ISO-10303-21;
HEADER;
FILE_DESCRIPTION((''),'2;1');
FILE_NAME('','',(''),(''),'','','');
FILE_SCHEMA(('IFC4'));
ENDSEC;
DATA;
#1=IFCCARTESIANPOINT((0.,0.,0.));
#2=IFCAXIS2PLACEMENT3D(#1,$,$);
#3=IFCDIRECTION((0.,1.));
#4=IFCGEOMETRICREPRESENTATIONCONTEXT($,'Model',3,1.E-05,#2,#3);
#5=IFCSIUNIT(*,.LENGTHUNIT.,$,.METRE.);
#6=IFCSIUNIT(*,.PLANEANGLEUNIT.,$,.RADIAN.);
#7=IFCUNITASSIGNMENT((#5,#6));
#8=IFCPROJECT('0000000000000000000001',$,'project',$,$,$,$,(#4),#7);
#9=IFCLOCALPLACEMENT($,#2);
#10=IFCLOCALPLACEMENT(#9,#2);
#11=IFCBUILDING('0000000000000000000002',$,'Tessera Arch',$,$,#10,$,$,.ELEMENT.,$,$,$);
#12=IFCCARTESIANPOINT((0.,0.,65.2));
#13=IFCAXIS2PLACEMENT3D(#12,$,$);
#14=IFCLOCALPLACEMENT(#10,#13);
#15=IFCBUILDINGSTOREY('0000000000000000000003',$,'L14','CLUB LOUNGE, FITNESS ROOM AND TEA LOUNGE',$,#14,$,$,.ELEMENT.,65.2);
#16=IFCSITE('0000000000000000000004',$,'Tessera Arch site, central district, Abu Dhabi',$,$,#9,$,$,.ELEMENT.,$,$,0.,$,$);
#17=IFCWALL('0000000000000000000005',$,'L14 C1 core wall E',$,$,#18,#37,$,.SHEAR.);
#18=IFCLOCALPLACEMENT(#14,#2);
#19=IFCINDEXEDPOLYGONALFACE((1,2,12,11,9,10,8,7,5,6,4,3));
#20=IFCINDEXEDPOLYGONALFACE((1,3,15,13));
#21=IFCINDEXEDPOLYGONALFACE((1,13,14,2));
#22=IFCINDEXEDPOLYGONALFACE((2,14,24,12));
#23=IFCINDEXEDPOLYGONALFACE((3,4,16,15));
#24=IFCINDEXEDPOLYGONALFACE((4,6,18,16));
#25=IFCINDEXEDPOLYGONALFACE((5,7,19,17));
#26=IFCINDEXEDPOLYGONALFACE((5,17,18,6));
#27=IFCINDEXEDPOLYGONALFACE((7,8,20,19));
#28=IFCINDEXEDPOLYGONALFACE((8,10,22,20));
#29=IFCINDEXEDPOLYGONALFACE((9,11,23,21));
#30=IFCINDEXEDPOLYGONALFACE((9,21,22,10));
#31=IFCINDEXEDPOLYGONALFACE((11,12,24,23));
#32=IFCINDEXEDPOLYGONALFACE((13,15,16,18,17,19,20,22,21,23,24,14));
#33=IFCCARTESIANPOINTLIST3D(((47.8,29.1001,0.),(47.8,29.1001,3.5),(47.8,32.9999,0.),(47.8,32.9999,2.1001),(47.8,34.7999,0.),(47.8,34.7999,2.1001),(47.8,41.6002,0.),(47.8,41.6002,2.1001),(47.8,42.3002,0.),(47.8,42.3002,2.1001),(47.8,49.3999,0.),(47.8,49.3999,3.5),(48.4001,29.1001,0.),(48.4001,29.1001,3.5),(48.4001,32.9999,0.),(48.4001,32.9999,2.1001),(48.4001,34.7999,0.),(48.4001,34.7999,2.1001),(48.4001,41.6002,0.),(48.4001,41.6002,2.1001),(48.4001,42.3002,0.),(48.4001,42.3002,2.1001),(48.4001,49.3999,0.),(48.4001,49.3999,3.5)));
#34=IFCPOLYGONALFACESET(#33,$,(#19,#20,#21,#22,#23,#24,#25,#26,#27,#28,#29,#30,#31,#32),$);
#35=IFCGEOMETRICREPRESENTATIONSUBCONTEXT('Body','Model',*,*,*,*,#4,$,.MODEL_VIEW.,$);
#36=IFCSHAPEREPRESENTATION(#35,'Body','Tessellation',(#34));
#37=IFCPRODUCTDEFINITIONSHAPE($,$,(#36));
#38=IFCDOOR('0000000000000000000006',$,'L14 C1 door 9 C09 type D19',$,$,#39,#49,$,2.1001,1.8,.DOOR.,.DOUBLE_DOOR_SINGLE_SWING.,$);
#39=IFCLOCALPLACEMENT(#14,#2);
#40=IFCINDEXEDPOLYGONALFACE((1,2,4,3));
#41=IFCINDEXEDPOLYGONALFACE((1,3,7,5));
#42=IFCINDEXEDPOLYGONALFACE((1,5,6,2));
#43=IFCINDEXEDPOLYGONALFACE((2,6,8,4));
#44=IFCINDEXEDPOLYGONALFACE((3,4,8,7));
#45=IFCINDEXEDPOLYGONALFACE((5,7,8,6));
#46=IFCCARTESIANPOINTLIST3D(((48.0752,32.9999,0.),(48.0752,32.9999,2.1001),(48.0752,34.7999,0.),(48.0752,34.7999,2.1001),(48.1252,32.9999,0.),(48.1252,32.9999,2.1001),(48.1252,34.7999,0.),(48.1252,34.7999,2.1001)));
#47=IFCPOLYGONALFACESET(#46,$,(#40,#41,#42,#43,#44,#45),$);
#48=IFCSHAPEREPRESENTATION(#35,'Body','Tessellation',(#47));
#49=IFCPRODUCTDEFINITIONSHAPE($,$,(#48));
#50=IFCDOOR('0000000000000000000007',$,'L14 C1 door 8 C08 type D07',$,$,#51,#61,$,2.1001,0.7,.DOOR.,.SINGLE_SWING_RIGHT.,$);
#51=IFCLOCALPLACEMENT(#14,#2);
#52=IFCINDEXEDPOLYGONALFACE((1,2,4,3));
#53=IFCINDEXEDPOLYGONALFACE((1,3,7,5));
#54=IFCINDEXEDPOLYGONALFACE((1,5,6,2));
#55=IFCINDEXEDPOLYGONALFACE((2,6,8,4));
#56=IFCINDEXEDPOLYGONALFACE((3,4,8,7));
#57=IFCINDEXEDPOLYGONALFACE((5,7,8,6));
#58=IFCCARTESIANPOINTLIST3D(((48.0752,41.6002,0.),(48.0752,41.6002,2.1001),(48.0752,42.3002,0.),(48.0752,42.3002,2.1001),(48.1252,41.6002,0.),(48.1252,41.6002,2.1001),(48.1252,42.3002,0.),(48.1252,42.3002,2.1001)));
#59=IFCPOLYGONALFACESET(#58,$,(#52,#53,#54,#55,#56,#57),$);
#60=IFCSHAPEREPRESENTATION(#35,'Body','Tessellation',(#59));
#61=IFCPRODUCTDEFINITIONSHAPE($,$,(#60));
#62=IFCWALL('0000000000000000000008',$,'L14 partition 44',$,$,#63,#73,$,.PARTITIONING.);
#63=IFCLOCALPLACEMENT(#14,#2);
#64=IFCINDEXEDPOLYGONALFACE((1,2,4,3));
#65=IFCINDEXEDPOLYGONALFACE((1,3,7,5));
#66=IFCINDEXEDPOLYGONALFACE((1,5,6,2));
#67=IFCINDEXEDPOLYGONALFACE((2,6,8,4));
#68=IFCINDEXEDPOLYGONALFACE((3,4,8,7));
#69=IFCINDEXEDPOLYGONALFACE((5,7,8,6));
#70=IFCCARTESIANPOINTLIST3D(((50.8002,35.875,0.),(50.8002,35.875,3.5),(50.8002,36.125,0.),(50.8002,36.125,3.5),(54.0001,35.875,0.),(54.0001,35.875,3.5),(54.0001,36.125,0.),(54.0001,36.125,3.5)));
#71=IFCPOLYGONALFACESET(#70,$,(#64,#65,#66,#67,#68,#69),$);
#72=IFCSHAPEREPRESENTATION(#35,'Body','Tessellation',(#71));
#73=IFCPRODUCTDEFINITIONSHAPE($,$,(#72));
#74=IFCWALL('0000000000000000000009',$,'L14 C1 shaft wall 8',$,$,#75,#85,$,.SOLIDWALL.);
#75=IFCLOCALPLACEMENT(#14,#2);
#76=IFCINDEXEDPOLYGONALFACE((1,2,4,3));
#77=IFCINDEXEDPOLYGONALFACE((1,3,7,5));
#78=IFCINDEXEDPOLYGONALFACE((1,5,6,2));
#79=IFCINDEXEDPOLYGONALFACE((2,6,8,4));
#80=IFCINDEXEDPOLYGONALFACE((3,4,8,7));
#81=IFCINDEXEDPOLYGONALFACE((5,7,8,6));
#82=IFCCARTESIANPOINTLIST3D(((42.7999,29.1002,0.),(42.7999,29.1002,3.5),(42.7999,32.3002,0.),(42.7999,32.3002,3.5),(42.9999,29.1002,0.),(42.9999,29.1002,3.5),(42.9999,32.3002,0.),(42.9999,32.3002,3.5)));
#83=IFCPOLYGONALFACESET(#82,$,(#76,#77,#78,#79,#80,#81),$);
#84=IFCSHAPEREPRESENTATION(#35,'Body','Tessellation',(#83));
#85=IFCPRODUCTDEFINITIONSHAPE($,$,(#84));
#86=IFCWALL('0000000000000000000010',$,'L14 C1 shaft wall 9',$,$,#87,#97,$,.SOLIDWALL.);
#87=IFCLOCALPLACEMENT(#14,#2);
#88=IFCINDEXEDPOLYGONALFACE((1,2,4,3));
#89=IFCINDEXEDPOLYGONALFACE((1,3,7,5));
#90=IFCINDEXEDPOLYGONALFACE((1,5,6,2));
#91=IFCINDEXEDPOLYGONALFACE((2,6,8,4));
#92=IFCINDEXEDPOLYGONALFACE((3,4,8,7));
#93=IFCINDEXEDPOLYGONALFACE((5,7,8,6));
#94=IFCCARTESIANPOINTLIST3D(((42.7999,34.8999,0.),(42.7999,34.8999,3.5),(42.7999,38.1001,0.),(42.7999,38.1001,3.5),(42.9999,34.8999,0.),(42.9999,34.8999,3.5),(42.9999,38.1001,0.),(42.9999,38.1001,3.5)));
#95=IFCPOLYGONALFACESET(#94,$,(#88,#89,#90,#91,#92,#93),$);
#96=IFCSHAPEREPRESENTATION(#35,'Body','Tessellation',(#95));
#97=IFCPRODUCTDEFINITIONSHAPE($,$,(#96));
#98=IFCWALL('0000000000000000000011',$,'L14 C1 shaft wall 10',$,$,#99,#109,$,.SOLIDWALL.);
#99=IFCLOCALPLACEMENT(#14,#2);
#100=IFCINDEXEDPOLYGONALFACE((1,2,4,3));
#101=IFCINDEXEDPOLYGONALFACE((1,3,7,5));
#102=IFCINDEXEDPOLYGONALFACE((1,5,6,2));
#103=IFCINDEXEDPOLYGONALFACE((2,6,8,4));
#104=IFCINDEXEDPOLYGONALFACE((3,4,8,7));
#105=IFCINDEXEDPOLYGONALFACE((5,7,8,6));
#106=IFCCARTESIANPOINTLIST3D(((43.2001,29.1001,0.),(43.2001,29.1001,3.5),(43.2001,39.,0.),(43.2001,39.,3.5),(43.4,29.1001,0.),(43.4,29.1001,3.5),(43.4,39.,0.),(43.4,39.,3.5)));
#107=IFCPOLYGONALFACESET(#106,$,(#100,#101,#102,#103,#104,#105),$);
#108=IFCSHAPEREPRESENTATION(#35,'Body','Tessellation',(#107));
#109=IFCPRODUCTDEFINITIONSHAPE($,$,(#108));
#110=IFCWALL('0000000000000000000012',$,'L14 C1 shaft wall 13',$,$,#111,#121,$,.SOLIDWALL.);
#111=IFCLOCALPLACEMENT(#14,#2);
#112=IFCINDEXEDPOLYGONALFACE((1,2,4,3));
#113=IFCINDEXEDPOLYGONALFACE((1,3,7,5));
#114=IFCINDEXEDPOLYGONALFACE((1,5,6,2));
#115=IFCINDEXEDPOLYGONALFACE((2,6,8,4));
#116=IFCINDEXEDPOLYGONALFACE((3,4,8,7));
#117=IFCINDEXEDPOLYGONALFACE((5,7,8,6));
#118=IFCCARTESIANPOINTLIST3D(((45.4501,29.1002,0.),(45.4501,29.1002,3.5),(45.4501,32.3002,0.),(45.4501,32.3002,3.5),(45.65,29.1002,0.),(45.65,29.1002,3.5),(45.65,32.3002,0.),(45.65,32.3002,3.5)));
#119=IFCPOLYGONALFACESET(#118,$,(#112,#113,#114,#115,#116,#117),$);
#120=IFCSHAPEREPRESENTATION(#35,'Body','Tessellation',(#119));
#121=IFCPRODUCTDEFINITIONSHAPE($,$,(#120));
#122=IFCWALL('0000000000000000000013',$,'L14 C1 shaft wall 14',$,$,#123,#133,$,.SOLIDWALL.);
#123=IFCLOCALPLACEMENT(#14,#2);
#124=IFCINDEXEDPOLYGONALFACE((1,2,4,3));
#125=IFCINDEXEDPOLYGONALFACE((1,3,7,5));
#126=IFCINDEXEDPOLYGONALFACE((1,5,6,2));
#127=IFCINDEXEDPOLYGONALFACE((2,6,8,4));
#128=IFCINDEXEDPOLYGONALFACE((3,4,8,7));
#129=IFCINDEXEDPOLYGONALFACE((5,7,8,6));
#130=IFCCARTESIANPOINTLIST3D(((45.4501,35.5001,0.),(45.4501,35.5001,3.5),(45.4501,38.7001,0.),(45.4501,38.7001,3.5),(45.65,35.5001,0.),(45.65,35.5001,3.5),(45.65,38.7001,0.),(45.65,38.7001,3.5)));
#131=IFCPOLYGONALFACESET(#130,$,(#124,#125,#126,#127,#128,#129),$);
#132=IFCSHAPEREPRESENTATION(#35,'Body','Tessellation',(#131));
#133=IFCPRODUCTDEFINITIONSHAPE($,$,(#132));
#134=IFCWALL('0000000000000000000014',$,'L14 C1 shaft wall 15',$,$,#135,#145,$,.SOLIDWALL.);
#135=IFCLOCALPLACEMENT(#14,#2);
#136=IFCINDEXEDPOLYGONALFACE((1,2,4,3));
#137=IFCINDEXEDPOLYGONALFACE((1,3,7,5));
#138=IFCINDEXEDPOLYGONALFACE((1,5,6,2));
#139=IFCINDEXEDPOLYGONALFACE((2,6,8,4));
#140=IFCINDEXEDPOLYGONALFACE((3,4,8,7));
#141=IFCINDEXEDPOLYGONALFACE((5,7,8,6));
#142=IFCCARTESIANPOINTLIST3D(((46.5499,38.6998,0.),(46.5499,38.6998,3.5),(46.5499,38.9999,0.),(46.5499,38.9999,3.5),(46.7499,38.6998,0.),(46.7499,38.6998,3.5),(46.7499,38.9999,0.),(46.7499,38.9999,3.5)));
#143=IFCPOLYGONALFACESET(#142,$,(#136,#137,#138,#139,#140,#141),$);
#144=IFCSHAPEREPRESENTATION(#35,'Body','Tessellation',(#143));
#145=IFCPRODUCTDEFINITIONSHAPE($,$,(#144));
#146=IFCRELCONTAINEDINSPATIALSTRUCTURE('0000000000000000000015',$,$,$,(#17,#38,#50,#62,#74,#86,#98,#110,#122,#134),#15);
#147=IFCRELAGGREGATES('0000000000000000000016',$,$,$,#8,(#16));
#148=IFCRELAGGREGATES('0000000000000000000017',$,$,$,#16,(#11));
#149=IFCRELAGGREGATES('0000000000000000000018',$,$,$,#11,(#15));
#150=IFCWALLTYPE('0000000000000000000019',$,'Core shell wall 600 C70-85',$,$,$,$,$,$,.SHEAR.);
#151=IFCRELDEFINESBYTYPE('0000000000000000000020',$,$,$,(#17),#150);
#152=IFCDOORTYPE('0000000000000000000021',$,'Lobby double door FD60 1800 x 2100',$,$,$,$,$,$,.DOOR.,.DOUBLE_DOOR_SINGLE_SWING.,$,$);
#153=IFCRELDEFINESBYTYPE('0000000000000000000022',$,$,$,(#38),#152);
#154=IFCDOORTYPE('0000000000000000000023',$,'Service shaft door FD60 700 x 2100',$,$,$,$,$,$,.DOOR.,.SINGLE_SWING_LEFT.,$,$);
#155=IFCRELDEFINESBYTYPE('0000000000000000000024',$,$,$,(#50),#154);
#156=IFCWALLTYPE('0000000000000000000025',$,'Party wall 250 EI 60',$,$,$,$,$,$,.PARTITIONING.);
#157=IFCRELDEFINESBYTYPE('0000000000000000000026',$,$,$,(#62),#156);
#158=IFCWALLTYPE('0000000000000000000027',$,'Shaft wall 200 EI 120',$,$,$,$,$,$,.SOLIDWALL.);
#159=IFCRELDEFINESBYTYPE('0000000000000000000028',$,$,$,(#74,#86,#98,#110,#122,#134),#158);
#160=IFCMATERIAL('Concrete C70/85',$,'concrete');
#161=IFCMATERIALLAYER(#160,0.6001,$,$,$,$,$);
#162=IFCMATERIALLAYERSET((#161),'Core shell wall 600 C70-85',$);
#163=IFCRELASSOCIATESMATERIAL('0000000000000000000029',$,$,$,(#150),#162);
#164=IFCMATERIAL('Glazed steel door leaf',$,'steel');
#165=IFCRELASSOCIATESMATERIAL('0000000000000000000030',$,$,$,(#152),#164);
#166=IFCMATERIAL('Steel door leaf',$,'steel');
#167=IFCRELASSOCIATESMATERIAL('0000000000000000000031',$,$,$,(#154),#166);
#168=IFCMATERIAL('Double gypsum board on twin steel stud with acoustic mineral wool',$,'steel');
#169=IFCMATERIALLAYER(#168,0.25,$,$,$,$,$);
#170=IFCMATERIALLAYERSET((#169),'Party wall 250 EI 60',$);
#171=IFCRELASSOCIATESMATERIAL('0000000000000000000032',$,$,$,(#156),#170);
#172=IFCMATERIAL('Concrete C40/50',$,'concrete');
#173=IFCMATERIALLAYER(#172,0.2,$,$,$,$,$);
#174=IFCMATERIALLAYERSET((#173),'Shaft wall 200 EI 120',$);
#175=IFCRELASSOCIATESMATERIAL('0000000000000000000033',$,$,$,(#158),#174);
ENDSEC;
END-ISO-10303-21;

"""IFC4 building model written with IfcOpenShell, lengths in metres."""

from ifc_helpers import new_model, si_unit, direction, frame, frame_2d, origin, place, context, subcontext, project, spatial, rectangle, extrude, material, layer, layer_set, type_object, element, fill, save


model = new_model("IFC4")

# Units and contexts
model_context = context("Model", 3, precision=1e-05, world=origin(), true_north=direction((0.0, 1.0)))
body_context = subcontext(model_context, "Body", "Model", "MODEL_VIEW")
ifc_project = project(units=[si_unit("LENGTHUNIT", "METRE"), si_unit("PLANEANGLEUNIT", "RADIAN")], contexts=[model_context])

# Site, building, storey
site_placement = place(None, origin())
site = spatial("IfcSite", under=ifc_project, at=site_placement, Name="Tessera Arch site, central district, Abu Dhabi", CompositionType="ELEMENT", RefElevation=0.0)
building_placement = place(site_placement, origin())
building = spatial("IfcBuilding", under=site, at=building_placement, Name="Tessera Arch", CompositionType="ELEMENT")
storey_placement = place(building_placement, frame((0.0, 0.0, 65.2)))
storey = spatial("IfcBuildingStorey", under=building, at=storey_placement, Name="L14", Description="CLUB LOUNGE, FITNESS ROOM AND TEA LOUNGE", CompositionType="ELEMENT", Elevation=65.2)

# Wall, openings, doors
ifc_material_1 = material(Name="Concrete C70/85", Category="concrete")
ifc_layer_1 = layer(ifc_material_1, 0.6001)
ifc_layer_set_1 = layer_set([ifc_layer_1], Name="Core shell wall 600 C70-85")
wall_type_1 = type_object("IfcWallType", Name="Core shell wall 600 C70-85", PredefinedType="SHEAR", material=ifc_layer_set_1)
wall_1_placement = place(storey_placement, frame((48.1001, 29.1001, 0.0), z_axis=(0.0, 0.0, 1.0), x_axis=(0.0, 1.0, 0.0)))
wall_1 = element("IfcWall", 1, at=wall_1_placement, inside=storey, type_object=wall_type_1, Name="L14 C1 core wall E", PredefinedType="SHEAR", context=body_context, shape_type="SweptSolid", body=[
    extrude(rectangle(XDim=20.2998, YDim=0.6001, at=frame_2d((10.1499, 0.0))), origin(), (0.0, 0.0, 1.0), 3.5),
])
opening_1_placement = place(wall_1_placement, frame((12.5, 0.0, 0.0)))
opening_1 = element("IfcOpeningElement", 2, at=opening_1_placement, cuts=wall_1, PredefinedType="OPENING", context=body_context, shape_type="SweptSolid", body=[
    extrude(rectangle(XDim=0.7, YDim=2.1001, at=frame_2d((0.3501, 1.05))), frame((0.0, 0.3101, 0.0), z_axis=(0.0, -1.0, 0.0), x_axis=(1.0, 0.0, 0.0)), (0.0, 0.0, 1.0), 0.6201),
])
opening_2_placement = place(wall_1_placement, frame((3.8999, 0.0, 0.0)))
opening_2 = element("IfcOpeningElement", 3, at=opening_2_placement, cuts=wall_1, PredefinedType="OPENING", context=body_context, shape_type="SweptSolid", body=[
    extrude(rectangle(XDim=1.8, YDim=2.1001, at=frame_2d((0.8999, 1.05))), frame((0.0, 0.3101, 0.0), z_axis=(0.0, -1.0, 0.0), x_axis=(1.0, 0.0, 0.0)), (0.0, 0.0, 1.0), 0.6201),
])
ifc_material_2 = material(Name="Glazed steel door leaf", Category="steel")
door_type_1 = type_object("IfcDoorType", Name="Lobby double door FD60 1800 x 2100", OperationType="DOUBLE_DOOR_SINGLE_SWING", PredefinedType="DOOR", material=ifc_material_2)
door_1_placement = place(opening_2_placement, origin())
door_1 = element("IfcDoor", 4, at=door_1_placement, inside=storey, type_object=door_type_1, Name="L14 C1 door 9 C09 type D19", OperationType="DOUBLE_DOOR_SINGLE_SWING", OverallHeight=2.1001, OverallWidth=1.8, PredefinedType="DOOR", context=body_context, shape_type="SweptSolid", body=[
    extrude(rectangle(XDim=1.8, YDim=2.1001, at=frame_2d((0.8999, 1.05))), frame((0.0, 0.0249, 0.0), z_axis=(0.0, -1.0, 0.0), x_axis=(1.0, 0.0, 0.0)), (0.0, 0.0, 1.0), 0.05),
])
fill(opening_2, door_1)
ifc_material_3 = material(Name="Steel door leaf", Category="steel")
door_type_2 = type_object("IfcDoorType", Name="Service shaft door FD60 700 x 2100", OperationType="SINGLE_SWING_LEFT", PredefinedType="DOOR", material=ifc_material_3)
door_2_placement = place(opening_1_placement, origin())
door_2 = element("IfcDoor", 5, at=door_2_placement, inside=storey, type_object=door_type_2, Name="L14 C1 door 8 C08 type D07", OperationType="SINGLE_SWING_RIGHT", OverallHeight=2.1001, OverallWidth=0.7, PredefinedType="DOOR", context=body_context, shape_type="SweptSolid", body=[
    extrude(rectangle(XDim=0.7, YDim=2.1001, at=frame_2d((0.3501, 1.05))), frame((0.0, 0.0249, 0.0), z_axis=(0.0, -1.0, 0.0), x_axis=(1.0, 0.0, 0.0)), (0.0, 0.0, 1.0), 0.05),
])
fill(opening_1, door_2)

# Walls
ifc_material_4 = material(Name="Double gypsum board on twin steel stud with acoustic mineral wool", Category="steel")
ifc_layer_2 = layer(ifc_material_4, 0.25)
ifc_layer_set_2 = layer_set([ifc_layer_2], Name="Party wall 250 EI 60")
wall_type_2 = type_object("IfcWallType", Name="Party wall 250 EI 60", PredefinedType="PARTITIONING", material=ifc_layer_set_2)
wall_2_placement = place(storey_placement, frame((50.8, 36.0, 0.0), z_axis=(0.0, 0.0, 1.0), x_axis=(1.0, 0.0, 0.0)))
element("IfcWall", 6, at=wall_2_placement, inside=storey, type_object=wall_type_2, Name="L14 partition 44", PredefinedType="PARTITIONING", context=body_context, shape_type="SweptSolid", body=[
    extrude(rectangle(XDim=3.2, YDim=0.25, at=frame_2d((1.6001, 0.0))), origin(), (0.0, 0.0, 1.0), 3.5),
])
ifc_material_5 = material(Name="Concrete C40/50", Category="concrete")
ifc_layer_3 = layer(ifc_material_5, 0.2)
ifc_layer_set_3 = layer_set([ifc_layer_3], Name="Shaft wall 200 EI 120")
wall_type_3 = type_object("IfcWallType", Name="Shaft wall 200 EI 120", PredefinedType="SOLIDWALL", material=ifc_layer_set_3)
wall_3_placement = place(storey_placement, frame((42.8999, 29.1001, 0.0), z_axis=(0.0, 0.0, 1.0), x_axis=(0.0, 1.0, 0.0)))
element("IfcWall", 7, at=wall_3_placement, inside=storey, type_object=wall_type_3, Name="L14 C1 shaft wall 8", PredefinedType="SOLIDWALL", context=body_context, shape_type="SweptSolid", body=[
    extrude(rectangle(XDim=3.2, YDim=0.2, at=frame_2d((1.6001, 0.0))), origin(), (0.0, 0.0, 1.0), 3.5),
])
wall_4_placement = place(storey_placement, frame((42.8999, 34.8999, 0.0), z_axis=(0.0, 0.0, 1.0), x_axis=(0.0, 1.0, 0.0)))
element("IfcWall", 8, at=wall_4_placement, inside=storey, type_object=wall_type_3, Name="L14 C1 shaft wall 9", PredefinedType="SOLIDWALL", context=body_context, shape_type="SweptSolid", body=[
    extrude(rectangle(XDim=3.2002, YDim=0.2, at=frame_2d((1.6001, 0.0))), origin(), (0.0, 0.0, 1.0), 3.5),
])
wall_5_placement = place(storey_placement, frame((43.3, 29.1001, 0.0), z_axis=(0.0, 0.0, 1.0), x_axis=(0.0, 1.0, 0.0)))
element("IfcWall", 9, at=wall_5_placement, inside=storey, type_object=wall_type_3, Name="L14 C1 shaft wall 10", PredefinedType="SOLIDWALL", context=body_context, shape_type="SweptSolid", body=[
    extrude(rectangle(XDim=9.8999, YDim=0.2, at=frame_2d((4.95, 0.0))), origin(), (0.0, 0.0, 1.0), 3.5),
])
for number, where, z_axis, x_axis, name in (
    (10, (45.55, 29.1001, 0.0), (0.0, 0.0, 1.0), (0.0, 1.0, 0.0), "L14 C1 shaft wall 13"),
    (11, (45.55, 35.5, 0.0), (0.0, 0.0, 1.0), (0.0, 1.0, 0.0), "L14 C1 shaft wall 14"),
):
    element("IfcWall", number, at=place(storey_placement, frame(where, z_axis=z_axis, x_axis=x_axis)), inside=storey, type_object=wall_type_3, Name=name, PredefinedType="SOLIDWALL", context=body_context, shape_type="SweptSolid", body=[
        extrude(rectangle(XDim=3.2, YDim=0.2, at=frame_2d((1.6001, 0.0))), origin(), (0.0, 0.0, 1.0), 3.5),
    ])
wall_6_placement = place(storey_placement, frame((46.6499, 38.7, 0.0), z_axis=(0.0, 0.0, 1.0), x_axis=(0.0, 1.0, 0.0)))
element("IfcWall", 12, at=wall_6_placement, inside=storey, type_object=wall_type_3, Name="L14 C1 shaft wall 15", PredefinedType="SOLIDWALL", context=body_context, shape_type="SweptSolid", body=[
    extrude(rectangle(XDim=0.3, YDim=0.2, at=frame_2d((0.1499, 0.0))), origin(), (0.0, 0.0, 1.0), 3.5),
])

save(model, "model.ifc")
